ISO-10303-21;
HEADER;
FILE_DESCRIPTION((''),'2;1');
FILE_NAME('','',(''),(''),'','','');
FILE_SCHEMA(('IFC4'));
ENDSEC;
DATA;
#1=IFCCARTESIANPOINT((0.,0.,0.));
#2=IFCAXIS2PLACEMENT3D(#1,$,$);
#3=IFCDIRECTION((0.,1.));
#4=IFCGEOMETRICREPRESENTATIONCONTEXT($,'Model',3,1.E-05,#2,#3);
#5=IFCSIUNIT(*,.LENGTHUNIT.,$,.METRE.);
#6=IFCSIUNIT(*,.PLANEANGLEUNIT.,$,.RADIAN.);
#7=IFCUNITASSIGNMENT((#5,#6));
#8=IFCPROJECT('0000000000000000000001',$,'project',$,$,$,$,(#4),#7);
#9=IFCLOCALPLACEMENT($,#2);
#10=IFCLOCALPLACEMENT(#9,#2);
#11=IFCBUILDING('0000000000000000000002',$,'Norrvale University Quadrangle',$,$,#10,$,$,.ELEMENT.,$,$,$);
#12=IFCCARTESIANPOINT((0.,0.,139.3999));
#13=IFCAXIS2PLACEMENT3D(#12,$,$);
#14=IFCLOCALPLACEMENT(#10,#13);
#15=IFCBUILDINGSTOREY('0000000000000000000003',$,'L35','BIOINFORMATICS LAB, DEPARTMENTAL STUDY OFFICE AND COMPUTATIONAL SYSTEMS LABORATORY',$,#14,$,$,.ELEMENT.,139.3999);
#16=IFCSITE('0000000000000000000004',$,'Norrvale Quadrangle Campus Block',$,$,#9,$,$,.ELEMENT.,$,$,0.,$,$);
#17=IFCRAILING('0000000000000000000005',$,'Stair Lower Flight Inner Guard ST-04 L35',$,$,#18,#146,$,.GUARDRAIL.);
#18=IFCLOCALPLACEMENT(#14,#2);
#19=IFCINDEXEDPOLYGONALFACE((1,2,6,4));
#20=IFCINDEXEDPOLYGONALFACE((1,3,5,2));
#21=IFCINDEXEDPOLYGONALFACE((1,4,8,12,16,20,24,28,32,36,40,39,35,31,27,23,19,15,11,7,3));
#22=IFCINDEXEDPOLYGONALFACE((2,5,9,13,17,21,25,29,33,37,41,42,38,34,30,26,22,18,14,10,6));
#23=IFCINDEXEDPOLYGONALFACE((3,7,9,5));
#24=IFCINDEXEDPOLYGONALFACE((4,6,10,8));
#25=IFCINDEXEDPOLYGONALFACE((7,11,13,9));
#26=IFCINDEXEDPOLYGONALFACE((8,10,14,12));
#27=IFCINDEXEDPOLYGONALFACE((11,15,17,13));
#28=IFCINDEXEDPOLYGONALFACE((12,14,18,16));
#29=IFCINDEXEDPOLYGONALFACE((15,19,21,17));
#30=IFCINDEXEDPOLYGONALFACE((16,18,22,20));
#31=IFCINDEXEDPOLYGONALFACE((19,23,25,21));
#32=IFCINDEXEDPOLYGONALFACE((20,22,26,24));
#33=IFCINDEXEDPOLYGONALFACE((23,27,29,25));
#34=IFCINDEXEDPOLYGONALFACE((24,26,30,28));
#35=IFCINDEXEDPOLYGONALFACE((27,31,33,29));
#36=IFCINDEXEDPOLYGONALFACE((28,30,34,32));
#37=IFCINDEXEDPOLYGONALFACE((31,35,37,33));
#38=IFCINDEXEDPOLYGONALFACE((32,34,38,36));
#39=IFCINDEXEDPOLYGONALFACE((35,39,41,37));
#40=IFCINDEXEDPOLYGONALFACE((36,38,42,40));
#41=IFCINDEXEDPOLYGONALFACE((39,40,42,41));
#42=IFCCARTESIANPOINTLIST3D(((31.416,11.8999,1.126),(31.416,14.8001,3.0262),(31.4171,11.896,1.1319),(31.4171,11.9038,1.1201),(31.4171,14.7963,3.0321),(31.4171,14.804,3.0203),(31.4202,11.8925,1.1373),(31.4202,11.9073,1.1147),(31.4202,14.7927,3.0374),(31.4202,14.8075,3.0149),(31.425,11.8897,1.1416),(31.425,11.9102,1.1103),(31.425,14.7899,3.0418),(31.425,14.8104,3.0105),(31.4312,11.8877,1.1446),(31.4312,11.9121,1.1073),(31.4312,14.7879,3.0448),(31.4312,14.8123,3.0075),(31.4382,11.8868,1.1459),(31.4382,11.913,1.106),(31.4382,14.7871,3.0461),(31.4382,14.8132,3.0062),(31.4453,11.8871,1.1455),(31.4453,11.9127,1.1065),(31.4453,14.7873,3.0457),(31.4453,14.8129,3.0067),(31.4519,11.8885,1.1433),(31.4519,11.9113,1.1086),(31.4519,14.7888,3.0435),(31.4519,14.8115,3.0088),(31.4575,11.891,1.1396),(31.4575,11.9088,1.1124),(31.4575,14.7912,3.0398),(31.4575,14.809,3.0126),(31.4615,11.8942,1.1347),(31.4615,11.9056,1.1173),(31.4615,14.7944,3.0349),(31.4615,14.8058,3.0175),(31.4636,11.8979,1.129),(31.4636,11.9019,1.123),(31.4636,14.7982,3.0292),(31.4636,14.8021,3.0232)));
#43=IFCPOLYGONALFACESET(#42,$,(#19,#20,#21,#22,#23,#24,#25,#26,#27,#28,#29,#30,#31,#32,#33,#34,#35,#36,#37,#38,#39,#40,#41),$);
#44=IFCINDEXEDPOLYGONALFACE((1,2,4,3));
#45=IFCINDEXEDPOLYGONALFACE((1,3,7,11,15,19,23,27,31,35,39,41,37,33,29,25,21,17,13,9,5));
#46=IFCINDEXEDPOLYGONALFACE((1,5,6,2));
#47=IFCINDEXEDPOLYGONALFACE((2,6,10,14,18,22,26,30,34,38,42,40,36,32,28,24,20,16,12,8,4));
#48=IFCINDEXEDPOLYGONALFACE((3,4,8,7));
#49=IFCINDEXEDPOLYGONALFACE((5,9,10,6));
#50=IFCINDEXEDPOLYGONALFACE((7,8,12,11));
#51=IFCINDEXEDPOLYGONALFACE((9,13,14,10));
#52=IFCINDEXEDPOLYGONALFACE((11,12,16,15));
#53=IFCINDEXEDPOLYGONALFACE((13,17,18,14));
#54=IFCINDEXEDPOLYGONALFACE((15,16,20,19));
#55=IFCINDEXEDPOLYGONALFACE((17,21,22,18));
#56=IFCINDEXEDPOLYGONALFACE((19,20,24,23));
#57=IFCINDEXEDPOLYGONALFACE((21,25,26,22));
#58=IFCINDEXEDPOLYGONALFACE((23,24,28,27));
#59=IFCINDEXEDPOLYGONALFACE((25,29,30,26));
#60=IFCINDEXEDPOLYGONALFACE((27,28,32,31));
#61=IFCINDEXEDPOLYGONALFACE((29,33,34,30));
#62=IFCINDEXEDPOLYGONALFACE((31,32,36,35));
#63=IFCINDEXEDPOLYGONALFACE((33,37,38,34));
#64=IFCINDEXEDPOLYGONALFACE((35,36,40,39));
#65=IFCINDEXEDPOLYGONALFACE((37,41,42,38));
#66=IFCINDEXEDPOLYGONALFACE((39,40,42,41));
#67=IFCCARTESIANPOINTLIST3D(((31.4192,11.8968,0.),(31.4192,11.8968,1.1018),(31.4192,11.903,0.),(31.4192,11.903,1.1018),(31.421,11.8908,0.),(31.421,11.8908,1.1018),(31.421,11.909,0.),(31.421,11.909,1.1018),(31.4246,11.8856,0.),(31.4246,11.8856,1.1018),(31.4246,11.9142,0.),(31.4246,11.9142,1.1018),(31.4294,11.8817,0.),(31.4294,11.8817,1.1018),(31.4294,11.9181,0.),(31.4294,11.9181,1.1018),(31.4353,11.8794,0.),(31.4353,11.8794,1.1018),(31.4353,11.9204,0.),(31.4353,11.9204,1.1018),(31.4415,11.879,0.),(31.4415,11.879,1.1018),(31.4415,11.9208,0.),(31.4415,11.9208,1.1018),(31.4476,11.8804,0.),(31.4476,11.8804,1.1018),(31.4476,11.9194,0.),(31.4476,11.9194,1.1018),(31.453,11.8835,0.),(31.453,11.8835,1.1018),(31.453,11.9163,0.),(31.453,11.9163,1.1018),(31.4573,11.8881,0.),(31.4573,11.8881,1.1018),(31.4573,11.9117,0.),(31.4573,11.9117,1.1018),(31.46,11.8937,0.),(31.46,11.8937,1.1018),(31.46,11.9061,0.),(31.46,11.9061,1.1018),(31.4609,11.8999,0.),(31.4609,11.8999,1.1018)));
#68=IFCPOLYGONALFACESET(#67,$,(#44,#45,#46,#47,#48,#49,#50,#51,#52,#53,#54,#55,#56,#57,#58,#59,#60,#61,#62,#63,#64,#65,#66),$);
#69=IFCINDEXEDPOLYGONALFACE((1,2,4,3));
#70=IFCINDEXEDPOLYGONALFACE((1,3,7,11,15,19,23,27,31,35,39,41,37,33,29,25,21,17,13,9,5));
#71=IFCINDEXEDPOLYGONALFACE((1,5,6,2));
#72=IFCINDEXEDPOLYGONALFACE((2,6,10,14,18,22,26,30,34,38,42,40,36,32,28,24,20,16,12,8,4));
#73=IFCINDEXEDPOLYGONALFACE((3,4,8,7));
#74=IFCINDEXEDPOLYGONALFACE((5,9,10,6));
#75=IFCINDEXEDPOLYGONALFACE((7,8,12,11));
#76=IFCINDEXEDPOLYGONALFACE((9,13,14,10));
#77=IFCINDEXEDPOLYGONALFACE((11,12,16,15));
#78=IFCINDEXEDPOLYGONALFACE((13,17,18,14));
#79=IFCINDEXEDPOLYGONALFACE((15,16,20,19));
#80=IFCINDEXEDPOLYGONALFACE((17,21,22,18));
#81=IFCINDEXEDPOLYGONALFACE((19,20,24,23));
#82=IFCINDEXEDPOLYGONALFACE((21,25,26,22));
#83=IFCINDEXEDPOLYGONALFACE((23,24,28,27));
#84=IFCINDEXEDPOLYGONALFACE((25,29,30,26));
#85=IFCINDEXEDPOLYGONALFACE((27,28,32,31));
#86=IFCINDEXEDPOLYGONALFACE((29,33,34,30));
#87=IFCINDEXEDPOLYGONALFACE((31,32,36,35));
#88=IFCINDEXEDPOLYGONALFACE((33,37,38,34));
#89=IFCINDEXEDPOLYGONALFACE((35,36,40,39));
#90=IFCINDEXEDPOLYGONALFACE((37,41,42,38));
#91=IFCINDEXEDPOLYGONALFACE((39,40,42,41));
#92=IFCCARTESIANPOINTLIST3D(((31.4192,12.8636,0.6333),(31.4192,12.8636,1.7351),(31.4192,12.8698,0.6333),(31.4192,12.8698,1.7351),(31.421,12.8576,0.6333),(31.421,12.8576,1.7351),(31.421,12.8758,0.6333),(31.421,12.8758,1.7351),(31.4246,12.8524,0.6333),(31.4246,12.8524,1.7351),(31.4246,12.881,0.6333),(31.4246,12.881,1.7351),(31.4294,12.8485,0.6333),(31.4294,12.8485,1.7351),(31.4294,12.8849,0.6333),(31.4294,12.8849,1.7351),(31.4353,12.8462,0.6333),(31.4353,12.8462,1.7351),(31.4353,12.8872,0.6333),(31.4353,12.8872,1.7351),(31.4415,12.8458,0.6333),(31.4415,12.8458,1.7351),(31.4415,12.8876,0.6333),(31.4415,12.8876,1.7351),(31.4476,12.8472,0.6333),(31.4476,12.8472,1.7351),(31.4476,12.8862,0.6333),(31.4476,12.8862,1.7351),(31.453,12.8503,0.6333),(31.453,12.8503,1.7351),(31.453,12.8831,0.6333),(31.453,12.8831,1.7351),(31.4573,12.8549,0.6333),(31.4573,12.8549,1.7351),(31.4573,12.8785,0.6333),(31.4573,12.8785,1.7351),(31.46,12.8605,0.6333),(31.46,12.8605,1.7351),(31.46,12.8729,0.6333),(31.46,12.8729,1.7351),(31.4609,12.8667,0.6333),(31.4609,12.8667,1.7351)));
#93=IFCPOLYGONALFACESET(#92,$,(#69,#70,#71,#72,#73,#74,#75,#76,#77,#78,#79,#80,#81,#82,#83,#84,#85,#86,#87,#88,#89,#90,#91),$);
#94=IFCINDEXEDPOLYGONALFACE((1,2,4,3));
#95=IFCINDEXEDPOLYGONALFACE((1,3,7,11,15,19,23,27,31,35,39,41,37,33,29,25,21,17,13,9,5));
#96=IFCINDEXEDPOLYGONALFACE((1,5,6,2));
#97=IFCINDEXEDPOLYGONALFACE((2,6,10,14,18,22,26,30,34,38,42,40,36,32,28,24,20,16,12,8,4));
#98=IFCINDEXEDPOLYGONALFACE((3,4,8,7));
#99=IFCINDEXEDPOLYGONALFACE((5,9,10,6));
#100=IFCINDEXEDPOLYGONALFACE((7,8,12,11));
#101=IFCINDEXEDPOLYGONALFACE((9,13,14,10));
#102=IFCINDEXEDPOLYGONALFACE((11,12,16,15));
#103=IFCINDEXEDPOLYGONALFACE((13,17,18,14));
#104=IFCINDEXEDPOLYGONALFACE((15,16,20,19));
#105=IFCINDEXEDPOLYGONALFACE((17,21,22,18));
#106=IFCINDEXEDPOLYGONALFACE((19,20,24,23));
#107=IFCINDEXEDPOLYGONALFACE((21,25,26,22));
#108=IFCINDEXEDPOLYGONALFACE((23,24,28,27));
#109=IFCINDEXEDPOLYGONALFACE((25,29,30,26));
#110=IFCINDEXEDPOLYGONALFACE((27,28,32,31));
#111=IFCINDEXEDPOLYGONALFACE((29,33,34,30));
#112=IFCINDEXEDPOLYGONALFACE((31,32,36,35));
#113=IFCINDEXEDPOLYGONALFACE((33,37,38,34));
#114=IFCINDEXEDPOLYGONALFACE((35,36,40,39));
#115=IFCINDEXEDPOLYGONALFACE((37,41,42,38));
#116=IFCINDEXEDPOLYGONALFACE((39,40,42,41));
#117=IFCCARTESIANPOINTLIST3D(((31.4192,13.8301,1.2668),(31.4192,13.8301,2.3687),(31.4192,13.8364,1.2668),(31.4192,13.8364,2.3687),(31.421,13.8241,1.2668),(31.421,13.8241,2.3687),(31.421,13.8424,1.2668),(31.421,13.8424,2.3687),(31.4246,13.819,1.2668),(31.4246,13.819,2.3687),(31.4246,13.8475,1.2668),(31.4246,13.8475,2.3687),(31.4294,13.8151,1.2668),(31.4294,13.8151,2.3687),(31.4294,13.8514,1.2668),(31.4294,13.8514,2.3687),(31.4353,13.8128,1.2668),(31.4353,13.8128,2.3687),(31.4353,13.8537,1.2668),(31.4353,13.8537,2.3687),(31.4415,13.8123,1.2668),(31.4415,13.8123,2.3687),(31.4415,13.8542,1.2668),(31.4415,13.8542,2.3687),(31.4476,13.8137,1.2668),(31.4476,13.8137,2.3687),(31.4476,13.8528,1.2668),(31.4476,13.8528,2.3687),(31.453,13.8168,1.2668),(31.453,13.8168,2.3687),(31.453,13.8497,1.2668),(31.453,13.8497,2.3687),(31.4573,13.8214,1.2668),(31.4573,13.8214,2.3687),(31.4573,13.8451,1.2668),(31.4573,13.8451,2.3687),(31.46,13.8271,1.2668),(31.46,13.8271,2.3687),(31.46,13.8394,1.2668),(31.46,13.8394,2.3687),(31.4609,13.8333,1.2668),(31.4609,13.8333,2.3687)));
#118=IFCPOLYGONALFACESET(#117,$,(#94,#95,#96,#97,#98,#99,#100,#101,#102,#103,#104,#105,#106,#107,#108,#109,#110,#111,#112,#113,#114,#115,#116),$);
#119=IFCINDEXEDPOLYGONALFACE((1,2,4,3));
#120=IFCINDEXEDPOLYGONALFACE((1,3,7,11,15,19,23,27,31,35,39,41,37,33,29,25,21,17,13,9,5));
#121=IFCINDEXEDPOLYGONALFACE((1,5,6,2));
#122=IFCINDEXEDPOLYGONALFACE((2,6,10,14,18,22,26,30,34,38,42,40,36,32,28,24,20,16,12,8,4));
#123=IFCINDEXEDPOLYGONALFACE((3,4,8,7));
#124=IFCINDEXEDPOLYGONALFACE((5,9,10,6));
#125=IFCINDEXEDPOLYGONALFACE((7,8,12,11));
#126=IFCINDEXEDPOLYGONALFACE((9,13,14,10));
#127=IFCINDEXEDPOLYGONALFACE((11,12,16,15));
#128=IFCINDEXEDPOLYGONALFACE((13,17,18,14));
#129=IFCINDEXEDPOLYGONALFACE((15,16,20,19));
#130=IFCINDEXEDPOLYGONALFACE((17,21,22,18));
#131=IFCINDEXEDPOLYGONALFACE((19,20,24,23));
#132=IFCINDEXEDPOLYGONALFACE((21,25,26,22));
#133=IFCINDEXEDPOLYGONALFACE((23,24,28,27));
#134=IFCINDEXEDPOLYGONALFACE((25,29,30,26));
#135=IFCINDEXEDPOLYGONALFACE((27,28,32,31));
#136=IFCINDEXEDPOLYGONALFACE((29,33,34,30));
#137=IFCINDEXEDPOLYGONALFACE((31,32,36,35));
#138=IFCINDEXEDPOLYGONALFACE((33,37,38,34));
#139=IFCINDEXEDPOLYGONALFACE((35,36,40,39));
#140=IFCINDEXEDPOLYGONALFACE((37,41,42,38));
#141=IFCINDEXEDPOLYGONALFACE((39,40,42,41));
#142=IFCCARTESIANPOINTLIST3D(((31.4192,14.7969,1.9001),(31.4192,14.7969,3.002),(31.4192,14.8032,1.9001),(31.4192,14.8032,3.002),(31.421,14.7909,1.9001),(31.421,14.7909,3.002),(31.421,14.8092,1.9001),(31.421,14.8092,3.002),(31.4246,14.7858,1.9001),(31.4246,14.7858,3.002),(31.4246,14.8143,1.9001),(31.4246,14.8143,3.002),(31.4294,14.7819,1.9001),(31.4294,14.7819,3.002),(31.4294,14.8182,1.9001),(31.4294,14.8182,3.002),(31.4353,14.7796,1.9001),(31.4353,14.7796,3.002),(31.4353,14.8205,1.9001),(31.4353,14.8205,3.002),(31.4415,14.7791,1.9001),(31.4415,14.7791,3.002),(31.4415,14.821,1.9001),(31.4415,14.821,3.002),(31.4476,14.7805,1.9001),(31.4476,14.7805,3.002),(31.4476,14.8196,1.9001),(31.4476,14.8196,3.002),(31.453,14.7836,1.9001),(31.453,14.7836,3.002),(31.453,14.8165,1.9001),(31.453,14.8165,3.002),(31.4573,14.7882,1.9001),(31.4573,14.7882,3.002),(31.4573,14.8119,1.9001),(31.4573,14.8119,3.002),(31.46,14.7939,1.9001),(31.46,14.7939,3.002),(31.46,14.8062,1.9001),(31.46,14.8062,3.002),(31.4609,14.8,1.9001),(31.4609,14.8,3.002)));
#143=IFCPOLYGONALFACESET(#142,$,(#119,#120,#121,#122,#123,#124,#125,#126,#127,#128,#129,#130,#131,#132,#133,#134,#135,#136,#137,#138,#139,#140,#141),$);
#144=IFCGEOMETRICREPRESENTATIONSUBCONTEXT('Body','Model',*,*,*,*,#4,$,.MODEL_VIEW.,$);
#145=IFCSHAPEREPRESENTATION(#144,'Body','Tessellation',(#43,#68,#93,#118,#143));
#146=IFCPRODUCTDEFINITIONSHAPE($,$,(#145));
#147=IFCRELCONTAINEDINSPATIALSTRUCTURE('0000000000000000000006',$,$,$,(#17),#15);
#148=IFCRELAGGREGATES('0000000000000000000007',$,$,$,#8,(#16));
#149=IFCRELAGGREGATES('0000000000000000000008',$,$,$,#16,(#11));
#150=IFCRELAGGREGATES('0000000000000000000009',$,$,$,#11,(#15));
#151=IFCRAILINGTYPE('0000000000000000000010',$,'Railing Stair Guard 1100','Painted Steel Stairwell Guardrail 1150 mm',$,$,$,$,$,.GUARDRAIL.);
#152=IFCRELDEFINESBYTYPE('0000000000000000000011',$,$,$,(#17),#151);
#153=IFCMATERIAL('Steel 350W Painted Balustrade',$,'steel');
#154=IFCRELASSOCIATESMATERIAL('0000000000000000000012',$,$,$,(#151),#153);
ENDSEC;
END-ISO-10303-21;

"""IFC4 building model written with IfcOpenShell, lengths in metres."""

from ifc_helpers import new_model, si_unit, direction, frame, origin, origin_2d, place, context, subcontext, project, spatial, circle, extrude, material, type_object, element, save


model = new_model("IFC4")

# Units and contexts
model_context = context("Model", 3, precision=1e-05, world=origin(), true_north=direction((0.0, 1.0)))
body_context = subcontext(model_context, "Body", "Model", "MODEL_VIEW")
ifc_project = project(units=[si_unit("LENGTHUNIT", "METRE"), si_unit("PLANEANGLEUNIT", "RADIAN")], contexts=[model_context])

# Site, building, storey
site_placement = place(None, origin())
site = spatial("IfcSite", under=ifc_project, at=site_placement, Name="Norrvale Quadrangle Campus Block", CompositionType="ELEMENT", RefElevation=0.0)
building_placement = place(site_placement, origin())
building = spatial("IfcBuilding", under=site, at=building_placement, Name="Norrvale University Quadrangle", CompositionType="ELEMENT")
storey_placement = place(building_placement, frame((0.0, 0.0, 139.3999)))
storey = spatial("IfcBuildingStorey", under=building, at=storey_placement, Name="L35", Description="BIOINFORMATICS LAB, DEPARTMENTAL STUDY OFFICE AND COMPUTATIONAL SYSTEMS LABORATORY", CompositionType="ELEMENT", Elevation=139.3999)

# Railing
ifc_material_1 = material(Name="Steel 350W Painted Balustrade", Category="steel")
railing_type_1 = type_object("IfcRailingType", Name="Railing Stair Guard 1100", Description="Painted Steel Stairwell Guardrail 1150 mm", PredefinedType="GUARDRAIL", material=ifc_material_1)
railing_1_placement = place(storey_placement, frame((31.4399, 11.8999, 0.0)))
element("IfcRailing", 1, at=railing_1_placement, inside=storey, type_object=railing_type_1, Name="Stair Lower Flight Inner Guard ST-04 L35", PredefinedType="GUARDRAIL", context=body_context, shape_type="SweptSolid", body=[
    extrude(circle(Radius=0.0239, at=origin_2d()), frame((0.0, 0.0, 1.126), z_axis=(0.0, 0.836454, 0.548036), x_axis=(-1.0, 0.0, 0.0)), (0.0, 0.0, 1.0), 3.4673),
    extrude(circle(Radius=0.021, at=origin_2d()), origin(), (0.0, 0.0, 1.0), 1.1018),
    extrude(circle(Radius=0.021, at=origin_2d()), frame((0.0, 0.9668, 0.6333)), (0.0, 0.0, 1.0), 1.1018),
    extrude(circle(Radius=0.021, at=origin_2d()), frame((0.0, 1.9333, 1.2668)), (0.0, 0.0, 1.0), 1.1018),
    extrude(circle(Radius=0.021, at=origin_2d()), frame((0.0, 2.9001, 1.9001)), (0.0, 0.0, 1.0), 1.1018),
])

save(model, "model.ifc")
